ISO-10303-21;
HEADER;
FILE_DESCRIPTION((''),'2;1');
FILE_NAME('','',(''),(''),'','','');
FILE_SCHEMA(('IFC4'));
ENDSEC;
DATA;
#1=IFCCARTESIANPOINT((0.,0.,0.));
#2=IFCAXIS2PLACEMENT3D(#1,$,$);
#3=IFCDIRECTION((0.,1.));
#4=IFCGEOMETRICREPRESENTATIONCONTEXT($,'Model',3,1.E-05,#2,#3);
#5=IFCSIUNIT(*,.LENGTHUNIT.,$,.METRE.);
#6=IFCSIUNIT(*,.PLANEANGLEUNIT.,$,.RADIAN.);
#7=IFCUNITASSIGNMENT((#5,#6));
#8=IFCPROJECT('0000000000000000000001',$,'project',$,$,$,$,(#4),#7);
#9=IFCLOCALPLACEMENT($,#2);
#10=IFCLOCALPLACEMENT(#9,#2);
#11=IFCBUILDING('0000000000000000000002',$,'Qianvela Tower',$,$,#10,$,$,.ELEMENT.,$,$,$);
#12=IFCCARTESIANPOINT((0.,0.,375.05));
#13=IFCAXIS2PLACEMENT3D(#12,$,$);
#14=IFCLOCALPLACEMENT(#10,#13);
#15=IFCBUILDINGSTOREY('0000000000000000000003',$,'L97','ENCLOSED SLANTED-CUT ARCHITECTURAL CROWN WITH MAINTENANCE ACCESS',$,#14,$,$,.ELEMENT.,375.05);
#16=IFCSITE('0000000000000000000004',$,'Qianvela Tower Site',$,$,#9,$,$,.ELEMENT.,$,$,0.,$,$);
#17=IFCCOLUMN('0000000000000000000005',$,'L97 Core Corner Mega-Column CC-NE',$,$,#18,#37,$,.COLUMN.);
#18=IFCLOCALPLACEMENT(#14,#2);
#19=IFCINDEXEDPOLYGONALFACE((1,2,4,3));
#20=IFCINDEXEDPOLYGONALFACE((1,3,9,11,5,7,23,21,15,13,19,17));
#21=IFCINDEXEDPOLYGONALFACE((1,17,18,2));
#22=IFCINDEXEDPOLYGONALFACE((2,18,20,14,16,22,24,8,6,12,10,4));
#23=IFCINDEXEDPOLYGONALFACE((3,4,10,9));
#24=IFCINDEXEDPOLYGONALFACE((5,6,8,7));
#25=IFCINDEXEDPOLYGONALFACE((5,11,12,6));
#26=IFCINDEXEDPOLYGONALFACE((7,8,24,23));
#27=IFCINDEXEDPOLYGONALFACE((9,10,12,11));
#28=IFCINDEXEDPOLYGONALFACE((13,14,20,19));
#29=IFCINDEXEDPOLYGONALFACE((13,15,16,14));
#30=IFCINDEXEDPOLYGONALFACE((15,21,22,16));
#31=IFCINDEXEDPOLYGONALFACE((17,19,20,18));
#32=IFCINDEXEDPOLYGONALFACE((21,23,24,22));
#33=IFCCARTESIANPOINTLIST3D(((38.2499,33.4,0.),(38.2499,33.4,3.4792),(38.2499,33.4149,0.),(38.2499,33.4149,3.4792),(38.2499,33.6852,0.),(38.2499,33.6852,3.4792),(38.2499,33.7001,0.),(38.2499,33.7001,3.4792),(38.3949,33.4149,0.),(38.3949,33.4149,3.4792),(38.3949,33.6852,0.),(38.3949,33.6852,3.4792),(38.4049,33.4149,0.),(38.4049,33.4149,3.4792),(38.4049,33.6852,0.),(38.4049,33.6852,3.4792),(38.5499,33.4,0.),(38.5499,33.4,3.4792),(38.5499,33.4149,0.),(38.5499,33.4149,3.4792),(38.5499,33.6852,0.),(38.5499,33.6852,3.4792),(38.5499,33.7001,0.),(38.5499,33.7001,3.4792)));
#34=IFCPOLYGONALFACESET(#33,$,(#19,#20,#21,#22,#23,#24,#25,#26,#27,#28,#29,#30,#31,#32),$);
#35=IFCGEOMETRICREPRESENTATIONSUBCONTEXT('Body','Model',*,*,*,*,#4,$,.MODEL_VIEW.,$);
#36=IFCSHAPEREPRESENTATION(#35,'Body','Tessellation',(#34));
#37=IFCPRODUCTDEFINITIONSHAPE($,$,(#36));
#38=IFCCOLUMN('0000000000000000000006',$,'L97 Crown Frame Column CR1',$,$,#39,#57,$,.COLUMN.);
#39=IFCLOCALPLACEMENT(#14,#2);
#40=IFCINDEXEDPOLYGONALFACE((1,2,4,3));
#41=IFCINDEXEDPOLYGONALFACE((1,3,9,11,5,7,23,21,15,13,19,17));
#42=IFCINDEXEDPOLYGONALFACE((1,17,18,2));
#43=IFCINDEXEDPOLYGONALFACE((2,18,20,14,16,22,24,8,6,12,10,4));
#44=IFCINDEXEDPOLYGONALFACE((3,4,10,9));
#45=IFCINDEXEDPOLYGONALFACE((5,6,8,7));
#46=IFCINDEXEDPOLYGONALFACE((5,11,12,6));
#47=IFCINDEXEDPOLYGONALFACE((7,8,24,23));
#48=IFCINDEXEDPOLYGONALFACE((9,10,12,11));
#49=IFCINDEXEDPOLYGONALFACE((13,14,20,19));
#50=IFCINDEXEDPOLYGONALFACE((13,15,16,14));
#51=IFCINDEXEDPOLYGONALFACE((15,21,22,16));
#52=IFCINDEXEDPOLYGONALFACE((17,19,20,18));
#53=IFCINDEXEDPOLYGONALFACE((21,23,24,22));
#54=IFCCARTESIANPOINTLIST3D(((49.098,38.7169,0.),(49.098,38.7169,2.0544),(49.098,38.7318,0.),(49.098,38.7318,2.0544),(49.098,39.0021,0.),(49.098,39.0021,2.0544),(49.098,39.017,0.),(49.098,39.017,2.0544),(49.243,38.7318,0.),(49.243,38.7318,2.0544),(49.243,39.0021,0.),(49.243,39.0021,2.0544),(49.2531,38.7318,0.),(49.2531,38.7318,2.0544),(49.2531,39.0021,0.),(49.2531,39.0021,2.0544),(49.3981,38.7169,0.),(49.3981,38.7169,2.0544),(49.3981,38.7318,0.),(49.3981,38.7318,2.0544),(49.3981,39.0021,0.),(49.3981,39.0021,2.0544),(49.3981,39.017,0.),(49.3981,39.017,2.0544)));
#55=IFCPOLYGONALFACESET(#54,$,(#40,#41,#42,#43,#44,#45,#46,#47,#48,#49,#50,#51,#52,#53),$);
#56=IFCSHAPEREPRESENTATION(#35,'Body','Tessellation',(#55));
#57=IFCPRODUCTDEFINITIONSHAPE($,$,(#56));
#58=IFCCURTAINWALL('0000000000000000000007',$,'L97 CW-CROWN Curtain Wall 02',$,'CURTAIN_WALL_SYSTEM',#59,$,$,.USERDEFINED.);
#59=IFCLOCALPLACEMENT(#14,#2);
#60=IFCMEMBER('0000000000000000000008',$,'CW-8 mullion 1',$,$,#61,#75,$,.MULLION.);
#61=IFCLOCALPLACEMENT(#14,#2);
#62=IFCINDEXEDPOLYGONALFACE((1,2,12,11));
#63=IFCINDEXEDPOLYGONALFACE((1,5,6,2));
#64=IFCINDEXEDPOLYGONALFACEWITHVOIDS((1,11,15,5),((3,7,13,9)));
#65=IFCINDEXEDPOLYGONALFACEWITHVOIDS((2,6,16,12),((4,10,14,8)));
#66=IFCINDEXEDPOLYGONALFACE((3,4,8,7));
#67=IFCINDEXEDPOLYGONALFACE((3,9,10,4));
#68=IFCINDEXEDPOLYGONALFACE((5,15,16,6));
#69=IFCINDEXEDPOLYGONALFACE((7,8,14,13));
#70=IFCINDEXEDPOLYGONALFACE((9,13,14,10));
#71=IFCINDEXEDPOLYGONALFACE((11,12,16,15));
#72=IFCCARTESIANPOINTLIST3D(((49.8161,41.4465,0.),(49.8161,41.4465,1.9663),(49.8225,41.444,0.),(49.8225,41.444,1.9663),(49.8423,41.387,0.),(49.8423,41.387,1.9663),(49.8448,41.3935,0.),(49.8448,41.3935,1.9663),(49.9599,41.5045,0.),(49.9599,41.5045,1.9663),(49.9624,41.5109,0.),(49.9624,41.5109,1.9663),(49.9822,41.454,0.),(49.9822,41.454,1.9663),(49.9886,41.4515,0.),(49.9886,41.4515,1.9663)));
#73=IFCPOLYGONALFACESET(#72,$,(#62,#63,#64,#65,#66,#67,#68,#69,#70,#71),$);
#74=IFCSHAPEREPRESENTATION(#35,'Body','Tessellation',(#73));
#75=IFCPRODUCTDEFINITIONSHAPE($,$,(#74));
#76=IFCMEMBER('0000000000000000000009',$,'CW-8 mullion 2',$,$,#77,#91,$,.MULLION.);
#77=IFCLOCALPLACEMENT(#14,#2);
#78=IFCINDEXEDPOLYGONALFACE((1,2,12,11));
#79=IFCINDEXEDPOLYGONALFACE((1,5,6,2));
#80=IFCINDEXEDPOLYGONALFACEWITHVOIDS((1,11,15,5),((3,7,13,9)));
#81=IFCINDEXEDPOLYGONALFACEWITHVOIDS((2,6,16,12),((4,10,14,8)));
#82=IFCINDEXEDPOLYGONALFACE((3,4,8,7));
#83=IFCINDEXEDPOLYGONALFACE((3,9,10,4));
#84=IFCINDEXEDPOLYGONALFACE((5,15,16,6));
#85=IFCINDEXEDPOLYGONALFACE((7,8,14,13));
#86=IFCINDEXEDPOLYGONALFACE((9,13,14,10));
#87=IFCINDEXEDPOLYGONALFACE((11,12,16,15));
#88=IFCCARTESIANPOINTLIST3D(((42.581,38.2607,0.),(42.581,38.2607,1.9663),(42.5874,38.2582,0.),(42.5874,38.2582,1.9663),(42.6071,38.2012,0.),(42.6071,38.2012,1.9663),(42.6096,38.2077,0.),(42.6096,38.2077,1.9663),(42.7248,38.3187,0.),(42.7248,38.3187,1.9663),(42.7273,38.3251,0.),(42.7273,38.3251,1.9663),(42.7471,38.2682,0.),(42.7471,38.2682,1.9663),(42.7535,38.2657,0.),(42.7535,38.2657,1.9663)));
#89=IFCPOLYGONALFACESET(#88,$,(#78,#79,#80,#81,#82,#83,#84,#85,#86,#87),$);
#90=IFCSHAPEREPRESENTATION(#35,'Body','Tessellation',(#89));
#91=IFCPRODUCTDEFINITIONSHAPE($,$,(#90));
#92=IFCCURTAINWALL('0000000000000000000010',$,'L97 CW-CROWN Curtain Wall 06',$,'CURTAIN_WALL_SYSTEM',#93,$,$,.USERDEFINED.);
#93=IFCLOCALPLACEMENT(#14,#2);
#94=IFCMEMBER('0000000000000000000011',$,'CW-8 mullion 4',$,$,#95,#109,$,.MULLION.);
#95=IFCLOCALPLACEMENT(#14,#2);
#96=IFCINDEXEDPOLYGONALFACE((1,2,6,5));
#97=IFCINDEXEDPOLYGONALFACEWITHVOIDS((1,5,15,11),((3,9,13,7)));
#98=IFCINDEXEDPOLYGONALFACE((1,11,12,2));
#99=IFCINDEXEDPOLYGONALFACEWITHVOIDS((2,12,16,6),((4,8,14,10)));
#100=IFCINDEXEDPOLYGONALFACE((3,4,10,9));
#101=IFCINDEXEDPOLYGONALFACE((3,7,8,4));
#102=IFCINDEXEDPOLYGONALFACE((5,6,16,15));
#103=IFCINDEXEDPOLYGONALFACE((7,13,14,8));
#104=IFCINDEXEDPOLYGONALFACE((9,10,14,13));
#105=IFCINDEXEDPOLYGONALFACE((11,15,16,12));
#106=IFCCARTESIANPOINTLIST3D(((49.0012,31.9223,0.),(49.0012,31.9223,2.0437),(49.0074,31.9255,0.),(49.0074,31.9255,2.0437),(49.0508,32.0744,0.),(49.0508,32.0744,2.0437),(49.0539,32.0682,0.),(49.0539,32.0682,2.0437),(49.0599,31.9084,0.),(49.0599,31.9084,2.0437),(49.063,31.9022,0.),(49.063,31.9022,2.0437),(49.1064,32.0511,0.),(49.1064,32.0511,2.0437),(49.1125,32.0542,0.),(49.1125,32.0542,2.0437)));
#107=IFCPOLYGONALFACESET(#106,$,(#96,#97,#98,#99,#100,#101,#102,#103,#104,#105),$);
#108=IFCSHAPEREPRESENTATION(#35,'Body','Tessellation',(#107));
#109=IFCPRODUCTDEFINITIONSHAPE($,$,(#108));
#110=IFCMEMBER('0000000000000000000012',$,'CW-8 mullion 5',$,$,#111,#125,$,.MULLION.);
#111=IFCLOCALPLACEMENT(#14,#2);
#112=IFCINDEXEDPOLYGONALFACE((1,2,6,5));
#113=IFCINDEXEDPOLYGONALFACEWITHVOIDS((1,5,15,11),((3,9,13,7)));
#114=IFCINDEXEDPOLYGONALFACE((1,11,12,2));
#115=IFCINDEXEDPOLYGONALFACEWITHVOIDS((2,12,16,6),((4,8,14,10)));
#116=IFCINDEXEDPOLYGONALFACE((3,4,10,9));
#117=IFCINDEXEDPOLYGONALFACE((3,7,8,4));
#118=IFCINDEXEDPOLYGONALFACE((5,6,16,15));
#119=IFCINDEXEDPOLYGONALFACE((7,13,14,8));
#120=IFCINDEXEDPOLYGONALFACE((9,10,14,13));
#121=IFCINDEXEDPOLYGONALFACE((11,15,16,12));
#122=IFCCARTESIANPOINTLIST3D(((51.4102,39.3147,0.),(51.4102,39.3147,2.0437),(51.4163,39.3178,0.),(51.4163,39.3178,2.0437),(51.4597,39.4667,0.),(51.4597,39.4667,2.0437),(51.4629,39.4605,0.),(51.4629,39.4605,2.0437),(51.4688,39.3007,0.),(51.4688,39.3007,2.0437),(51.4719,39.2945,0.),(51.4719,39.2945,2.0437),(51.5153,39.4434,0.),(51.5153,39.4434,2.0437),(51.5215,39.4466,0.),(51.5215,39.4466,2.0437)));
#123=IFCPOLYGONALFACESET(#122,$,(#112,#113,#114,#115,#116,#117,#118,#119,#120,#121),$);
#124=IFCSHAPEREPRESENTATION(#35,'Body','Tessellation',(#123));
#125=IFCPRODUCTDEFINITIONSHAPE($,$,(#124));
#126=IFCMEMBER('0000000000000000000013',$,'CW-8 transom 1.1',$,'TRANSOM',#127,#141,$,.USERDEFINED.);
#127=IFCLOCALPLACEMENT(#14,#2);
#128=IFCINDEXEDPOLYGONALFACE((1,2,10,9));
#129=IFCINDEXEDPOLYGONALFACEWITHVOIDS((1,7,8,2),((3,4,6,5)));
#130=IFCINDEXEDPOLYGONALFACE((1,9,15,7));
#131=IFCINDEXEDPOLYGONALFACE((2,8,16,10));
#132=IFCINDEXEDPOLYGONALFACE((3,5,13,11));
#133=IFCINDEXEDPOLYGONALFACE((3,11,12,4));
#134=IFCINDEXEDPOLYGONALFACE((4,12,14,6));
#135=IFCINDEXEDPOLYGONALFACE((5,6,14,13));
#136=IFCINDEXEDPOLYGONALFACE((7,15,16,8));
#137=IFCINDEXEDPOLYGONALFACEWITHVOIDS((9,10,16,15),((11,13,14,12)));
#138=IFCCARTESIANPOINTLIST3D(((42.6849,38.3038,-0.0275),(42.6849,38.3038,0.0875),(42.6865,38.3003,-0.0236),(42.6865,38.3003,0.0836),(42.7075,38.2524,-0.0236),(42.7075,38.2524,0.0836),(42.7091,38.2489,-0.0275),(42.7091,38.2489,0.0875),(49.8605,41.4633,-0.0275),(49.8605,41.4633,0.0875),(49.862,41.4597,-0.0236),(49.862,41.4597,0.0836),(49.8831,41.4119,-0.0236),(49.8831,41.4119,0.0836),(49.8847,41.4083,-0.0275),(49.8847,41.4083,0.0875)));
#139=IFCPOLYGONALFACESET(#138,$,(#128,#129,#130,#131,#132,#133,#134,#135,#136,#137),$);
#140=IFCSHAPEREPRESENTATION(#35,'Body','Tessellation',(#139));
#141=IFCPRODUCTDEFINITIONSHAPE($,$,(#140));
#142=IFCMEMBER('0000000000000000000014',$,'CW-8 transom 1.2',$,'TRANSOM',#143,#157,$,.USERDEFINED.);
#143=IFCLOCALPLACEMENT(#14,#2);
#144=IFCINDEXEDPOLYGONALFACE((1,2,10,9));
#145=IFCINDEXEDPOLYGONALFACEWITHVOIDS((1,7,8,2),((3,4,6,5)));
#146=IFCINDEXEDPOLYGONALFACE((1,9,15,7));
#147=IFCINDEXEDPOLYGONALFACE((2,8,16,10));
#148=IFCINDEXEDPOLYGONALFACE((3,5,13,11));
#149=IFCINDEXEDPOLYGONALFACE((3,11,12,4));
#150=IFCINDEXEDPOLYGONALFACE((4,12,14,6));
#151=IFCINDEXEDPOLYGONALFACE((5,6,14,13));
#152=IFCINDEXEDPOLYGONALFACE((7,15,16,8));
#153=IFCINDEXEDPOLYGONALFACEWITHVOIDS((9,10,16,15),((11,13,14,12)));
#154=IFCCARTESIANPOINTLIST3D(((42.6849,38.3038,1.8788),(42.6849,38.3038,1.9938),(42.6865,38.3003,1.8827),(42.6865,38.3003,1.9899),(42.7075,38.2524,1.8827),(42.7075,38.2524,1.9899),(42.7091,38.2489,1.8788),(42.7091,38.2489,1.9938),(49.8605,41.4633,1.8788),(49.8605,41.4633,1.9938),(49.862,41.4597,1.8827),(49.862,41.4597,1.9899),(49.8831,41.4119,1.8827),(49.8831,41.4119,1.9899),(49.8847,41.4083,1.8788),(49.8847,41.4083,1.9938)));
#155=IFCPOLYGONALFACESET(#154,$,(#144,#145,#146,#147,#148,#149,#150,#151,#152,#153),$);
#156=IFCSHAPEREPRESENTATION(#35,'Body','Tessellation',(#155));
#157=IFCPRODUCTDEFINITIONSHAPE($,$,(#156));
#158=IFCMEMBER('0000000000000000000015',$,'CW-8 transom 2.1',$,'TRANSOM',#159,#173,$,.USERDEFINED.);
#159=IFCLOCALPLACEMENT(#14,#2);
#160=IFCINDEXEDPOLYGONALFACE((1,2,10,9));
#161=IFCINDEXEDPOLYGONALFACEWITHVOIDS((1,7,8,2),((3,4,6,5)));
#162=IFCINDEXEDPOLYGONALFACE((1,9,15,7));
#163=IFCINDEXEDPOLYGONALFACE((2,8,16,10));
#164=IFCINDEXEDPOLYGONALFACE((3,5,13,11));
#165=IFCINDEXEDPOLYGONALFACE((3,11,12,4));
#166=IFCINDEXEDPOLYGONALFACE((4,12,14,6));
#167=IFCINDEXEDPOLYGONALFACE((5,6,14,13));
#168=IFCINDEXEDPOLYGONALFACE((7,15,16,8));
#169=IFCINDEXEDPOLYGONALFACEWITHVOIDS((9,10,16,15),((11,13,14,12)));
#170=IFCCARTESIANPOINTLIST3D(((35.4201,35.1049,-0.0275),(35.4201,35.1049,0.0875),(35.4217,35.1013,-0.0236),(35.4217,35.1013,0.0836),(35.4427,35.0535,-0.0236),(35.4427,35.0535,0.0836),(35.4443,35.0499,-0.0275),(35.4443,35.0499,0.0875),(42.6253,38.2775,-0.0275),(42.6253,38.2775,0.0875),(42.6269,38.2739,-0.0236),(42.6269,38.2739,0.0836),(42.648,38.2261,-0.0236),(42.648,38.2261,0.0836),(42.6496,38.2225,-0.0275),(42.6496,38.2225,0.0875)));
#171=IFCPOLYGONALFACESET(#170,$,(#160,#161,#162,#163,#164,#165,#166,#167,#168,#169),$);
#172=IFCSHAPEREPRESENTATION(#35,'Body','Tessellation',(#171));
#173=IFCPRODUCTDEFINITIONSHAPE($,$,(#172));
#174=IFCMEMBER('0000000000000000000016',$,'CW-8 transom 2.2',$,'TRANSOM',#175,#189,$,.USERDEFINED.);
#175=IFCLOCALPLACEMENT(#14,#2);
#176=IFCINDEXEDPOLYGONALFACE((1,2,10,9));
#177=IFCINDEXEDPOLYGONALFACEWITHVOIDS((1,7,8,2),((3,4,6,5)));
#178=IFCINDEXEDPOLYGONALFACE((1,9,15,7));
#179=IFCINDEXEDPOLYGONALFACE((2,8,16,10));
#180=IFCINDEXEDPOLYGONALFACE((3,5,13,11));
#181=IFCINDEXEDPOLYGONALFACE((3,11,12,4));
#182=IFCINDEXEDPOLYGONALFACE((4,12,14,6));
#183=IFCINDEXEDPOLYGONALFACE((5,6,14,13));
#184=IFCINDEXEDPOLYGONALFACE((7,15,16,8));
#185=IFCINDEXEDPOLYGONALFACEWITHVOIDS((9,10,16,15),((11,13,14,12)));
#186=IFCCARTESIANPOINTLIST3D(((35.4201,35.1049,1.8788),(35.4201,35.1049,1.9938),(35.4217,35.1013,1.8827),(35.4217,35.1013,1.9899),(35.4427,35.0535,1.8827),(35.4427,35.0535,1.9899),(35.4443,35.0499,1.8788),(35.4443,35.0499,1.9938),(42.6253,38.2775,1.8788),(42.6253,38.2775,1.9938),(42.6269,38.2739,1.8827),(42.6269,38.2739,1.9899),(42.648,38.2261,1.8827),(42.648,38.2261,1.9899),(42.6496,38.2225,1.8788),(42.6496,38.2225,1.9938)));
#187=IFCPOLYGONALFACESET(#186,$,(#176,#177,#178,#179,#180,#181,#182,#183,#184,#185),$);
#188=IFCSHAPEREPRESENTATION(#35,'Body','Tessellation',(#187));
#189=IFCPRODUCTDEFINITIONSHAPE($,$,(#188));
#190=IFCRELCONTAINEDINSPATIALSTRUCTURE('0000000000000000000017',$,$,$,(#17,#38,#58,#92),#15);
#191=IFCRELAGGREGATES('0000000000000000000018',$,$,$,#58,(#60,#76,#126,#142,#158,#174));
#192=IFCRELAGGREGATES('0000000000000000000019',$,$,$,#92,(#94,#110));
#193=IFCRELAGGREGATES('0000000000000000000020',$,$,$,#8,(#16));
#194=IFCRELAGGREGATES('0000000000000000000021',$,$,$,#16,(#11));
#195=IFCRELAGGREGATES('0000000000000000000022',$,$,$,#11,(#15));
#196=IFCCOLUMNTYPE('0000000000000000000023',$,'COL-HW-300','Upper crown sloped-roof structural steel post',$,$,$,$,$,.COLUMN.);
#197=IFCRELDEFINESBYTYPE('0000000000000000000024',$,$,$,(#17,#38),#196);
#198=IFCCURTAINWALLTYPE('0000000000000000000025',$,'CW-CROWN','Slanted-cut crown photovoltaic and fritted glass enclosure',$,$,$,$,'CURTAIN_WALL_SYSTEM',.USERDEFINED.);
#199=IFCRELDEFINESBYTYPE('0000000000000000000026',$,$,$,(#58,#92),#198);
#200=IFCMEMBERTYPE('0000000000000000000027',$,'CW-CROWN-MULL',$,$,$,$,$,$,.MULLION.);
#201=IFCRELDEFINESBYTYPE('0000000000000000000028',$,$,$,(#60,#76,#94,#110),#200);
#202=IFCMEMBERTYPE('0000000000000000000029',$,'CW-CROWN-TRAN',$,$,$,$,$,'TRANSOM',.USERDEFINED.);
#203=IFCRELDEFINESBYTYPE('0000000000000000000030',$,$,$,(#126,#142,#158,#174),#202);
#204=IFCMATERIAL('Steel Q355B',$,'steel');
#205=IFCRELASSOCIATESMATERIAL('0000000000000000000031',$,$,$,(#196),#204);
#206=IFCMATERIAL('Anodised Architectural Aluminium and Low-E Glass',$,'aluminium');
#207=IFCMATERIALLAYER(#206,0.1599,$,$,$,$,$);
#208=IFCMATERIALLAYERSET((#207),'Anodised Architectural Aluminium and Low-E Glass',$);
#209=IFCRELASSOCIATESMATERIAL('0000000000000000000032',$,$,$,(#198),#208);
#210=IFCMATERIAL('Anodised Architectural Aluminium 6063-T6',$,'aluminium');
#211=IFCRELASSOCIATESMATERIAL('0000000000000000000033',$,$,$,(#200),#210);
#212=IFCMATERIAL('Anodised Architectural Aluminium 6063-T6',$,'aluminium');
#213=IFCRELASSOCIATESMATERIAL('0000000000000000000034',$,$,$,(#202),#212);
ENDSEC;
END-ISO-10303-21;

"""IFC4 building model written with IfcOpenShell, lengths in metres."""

from ifc_helpers import new_model, si_unit, direction, frame, origin, origin_2d, place, context, subcontext, project, spatial, hollow_rectangle, i_section, extrude, material, layer, layer_set, material_profile, profile_set, type_object, element, aggregate, save


model = new_model("IFC4")

# Units and contexts
model_context = context("Model", 3, precision=1e-05, world=origin(), true_north=direction((0.0, 1.0)))
body_context = subcontext(model_context, "Body", "Model", "MODEL_VIEW")
ifc_project = project(units=[si_unit("LENGTHUNIT", "METRE"), si_unit("PLANEANGLEUNIT", "RADIAN")], contexts=[model_context])

# Site, building, storey
site_placement = place(None, origin())
site = spatial("IfcSite", under=ifc_project, at=site_placement, Name="Qianvela Tower Site", CompositionType="ELEMENT", RefElevation=0.0)
building_placement = place(site_placement, origin())
building = spatial("IfcBuilding", under=site, at=building_placement, Name="Qianvela Tower", CompositionType="ELEMENT")
storey_placement = place(building_placement, frame((0.0, 0.0, 375.05)))
storey = spatial("IfcBuildingStorey", under=building, at=storey_placement, Name="L97", Description="ENCLOSED SLANTED-CUT ARCHITECTURAL CROWN WITH MAINTENANCE ACCESS", CompositionType="ELEMENT", Elevation=375.05)

# Columns
ifc_material_1 = material(Name="Steel Q355B", Category="steel")
ifc_material_profile_1 = material_profile(ifc_material_1, i_section(OverallWidth=0.3, OverallDepth=0.3, WebThickness=0.01, FlangeThickness=0.0149, at=origin_2d()), Name="HW300x300x10x15")
ifc_profile_set_1 = profile_set([ifc_material_profile_1], Name="Steel Q355B")
column_type = type_object("IfcColumnType", Name="COL-HW-300", Description="Upper crown sloped-roof structural steel post", PredefinedType="COLUMN", material=ifc_profile_set_1)
column_1_placement = place(storey_placement, frame((38.3999, 33.55, 0.0), z_axis=(0.0, 0.0, 1.0), x_axis=(1.0, 0.0, 0.0)))
element("IfcColumn", 1, at=column_1_placement, inside=storey, type_object=column_type, Name="L97 Core Corner Mega-Column CC-NE", PredefinedType="COLUMN", context=body_context, shape_type="SweptSolid", body=[
    extrude(i_section(OverallWidth=0.3, OverallDepth=0.3, WebThickness=0.01, FlangeThickness=0.0149, at=origin_2d()), origin(), (0.0, 0.0, 1.0), 3.4792),
])
column_2_placement = place(storey_placement, frame((49.248, 38.8669, 0.0), z_axis=(0.0, 0.0, 1.0), x_axis=(1.0, 0.0, 0.0)))
element("IfcColumn", 2, at=column_2_placement, inside=storey, type_object=column_type, Name="L97 Crown Frame Column CR1", PredefinedType="COLUMN", context=body_context, shape_type="SweptSolid", body=[
    extrude(i_section(OverallWidth=0.3, OverallDepth=0.3, WebThickness=0.01, FlangeThickness=0.0149, at=origin_2d()), origin(), (0.0, 0.0, 1.0), 2.0544),
])

# Curtain walls, members
ifc_material_2 = material(Name="Anodised Architectural Aluminium and Low-E Glass", Category="aluminium")
ifc_layer_1 = layer(ifc_material_2, 0.1599)
ifc_layer_set_1 = layer_set([ifc_layer_1], Name="Anodised Architectural Aluminium and Low-E Glass")
curtain_wall_type = type_object("IfcCurtainWallType", Name="CW-CROWN", Description="Slanted-cut crown photovoltaic and fritted glass enclosure", ElementType="CURTAIN_WALL_SYSTEM", PredefinedType="USERDEFINED", material=ifc_layer_set_1)
curtain_wall_1_placement = place(storey_placement, origin())
curtain_wall_1 = element("IfcCurtainWall", 3, at=curtain_wall_1_placement, inside=storey, type_object=curtain_wall_type, Name="L97 CW-CROWN Curtain Wall 02", ObjectType="CURTAIN_WALL_SYSTEM", PredefinedType="USERDEFINED")
ifc_material_3 = material(Name="Anodised Architectural Aluminium 6063-T6", Category="aluminium")
ifc_material_profile_2 = material_profile(ifc_material_3, hollow_rectangle(XDim=0.0649, YDim=0.1599, WallThickness=0.0049, at=origin_2d()), Name="ALU-MULL-65x160")
ifc_profile_set_2 = profile_set([ifc_material_profile_2], Name="Anodised Architectural Aluminium 6063-T6")
member_type_1 = type_object("IfcMemberType", Name="CW-CROWN-MULL", PredefinedType="MULLION", material=ifc_profile_set_2)
member_1_placement = place(storey_placement, frame((49.9023, 41.449, 0.0), z_axis=(0.0, 0.0, 1.0), x_axis=(0.402977, -0.91521, 0.0)))
member_1 = element("IfcMember", 4, at=member_1_placement, type_object=member_type_1, Name="CW-8 mullion 1", PredefinedType="MULLION", context=body_context, shape_type="SweptSolid", body=[
    extrude(hollow_rectangle(XDim=0.0649, YDim=0.1599, WallThickness=0.0049, at=origin_2d()), origin(), (0.0, 0.0, 1.0), 1.9663),
])
member_2_placement = place(storey_placement, frame((42.6672, 38.2632, 0.0), z_axis=(0.0, 0.0, 1.0), x_axis=(0.402977, -0.91521, 0.0)))
member_2 = element("IfcMember", 5, at=member_2_placement, type_object=member_type_1, Name="CW-8 mullion 2", PredefinedType="MULLION", context=body_context, shape_type="SweptSolid", body=[
    extrude(hollow_rectangle(XDim=0.0649, YDim=0.1599, WallThickness=0.0049, at=origin_2d()), origin(), (0.0, 0.0, 1.0), 1.9663),
])
curtain_wall_2_placement = place(storey_placement, origin())
curtain_wall_2 = element("IfcCurtainWall", 6, at=curtain_wall_2_placement, inside=storey, type_object=curtain_wall_type, Name="L97 CW-CROWN Curtain Wall 06", ObjectType="CURTAIN_WALL_SYSTEM", PredefinedType="USERDEFINED")
member_3_placement = place(storey_placement, frame((49.0569, 31.9883, 0.0), z_axis=(0.0, 0.0, 1.0), x_axis=(-0.950787, 0.309846, 0.0)))
member_3 = element("IfcMember", 7, at=member_3_placement, type_object=member_type_1, Name="CW-8 mullion 4", PredefinedType="MULLION", context=body_context, shape_type="SweptSolid", body=[
    extrude(hollow_rectangle(XDim=0.0649, YDim=0.1599, WallThickness=0.0049, at=origin_2d()), origin(), (0.0, 0.0, 1.0), 2.0437),
])
member_4_placement = place(storey_placement, frame((51.4658, 39.3806, 0.0), z_axis=(0.0, 0.0, 1.0), x_axis=(-0.950787, 0.309846, 0.0)))
member_4 = element("IfcMember", 8, at=member_4_placement, type_object=member_type_1, Name="CW-8 mullion 5", PredefinedType="MULLION", context=body_context, shape_type="SweptSolid", body=[
    extrude(hollow_rectangle(XDim=0.0649, YDim=0.1599, WallThickness=0.0049, at=origin_2d()), origin(), (0.0, 0.0, 1.0), 2.0437),
])

# Members
ifc_material_4 = material(Name="Anodised Architectural Aluminium 6063-T6", Category="aluminium")
ifc_material_profile_3 = material_profile(ifc_material_4, hollow_rectangle(XDim=0.0601, YDim=0.115, WallThickness=0.0039, at=origin_2d()), Name="ALU-TRAN-60x115")
ifc_profile_set_3 = profile_set([ifc_material_profile_3], Name="Anodised Architectural Aluminium 6063-T6")
member_type_2 = type_object("IfcMemberType", Name="CW-CROWN-TRAN", ElementType="TRANSOM", PredefinedType="USERDEFINED", material=ifc_profile_set_3)
member_5_placement = place(storey_placement, frame((49.8726, 41.4358, 0.03), z_axis=(-0.915212, -0.402972, 0.0), x_axis=(0.402972, -0.915212, 0.0)))
member_5 = element("IfcMember", 9, at=member_5_placement, type_object=member_type_2, Name="CW-8 transom 1.1", ObjectType="TRANSOM", PredefinedType="USERDEFINED", context=body_context, shape_type="SweptSolid", body=[
    extrude(hollow_rectangle(XDim=0.0601, YDim=0.115, WallThickness=0.0039, at=origin_2d()), origin(), (0.0, 0.0, 1.0), 7.8403),
])
member_6_placement = place(storey_placement, frame((49.8726, 41.4358, 1.9363), z_axis=(-0.915212, -0.402972, 0.0), x_axis=(0.402972, -0.915212, 0.0)))
member_6 = element("IfcMember", 10, at=member_6_placement, type_object=member_type_2, Name="CW-8 transom 1.2", ObjectType="TRANSOM", PredefinedType="USERDEFINED", context=body_context, shape_type="SweptSolid", body=[
    extrude(hollow_rectangle(XDim=0.0601, YDim=0.115, WallThickness=0.0039, at=origin_2d()), origin(), (0.0, 0.0, 1.0), 7.8403),
])
member_7_placement = place(storey_placement, frame((42.6375, 38.25, 0.03), z_axis=(-0.915209, -0.40298, 0.0), x_axis=(0.40298, -0.915209, 0.0)))
member_7 = element("IfcMember", 11, at=member_7_placement, type_object=member_type_2, Name="CW-8 transom 2.1", ObjectType="TRANSOM", PredefinedType="USERDEFINED", context=body_context, shape_type="SweptSolid", body=[
    extrude(hollow_rectangle(XDim=0.0601, YDim=0.115, WallThickness=0.0039, at=origin_2d()), origin(), (0.0, 0.0, 1.0), 7.8728),
])
member_8_placement = place(storey_placement, frame((42.6375, 38.25, 1.9363), z_axis=(-0.915209, -0.40298, 0.0), x_axis=(0.40298, -0.915209, 0.0)))
member_8 = element("IfcMember", 12, at=member_8_placement, type_object=member_type_2, Name="CW-8 transom 2.2", ObjectType="TRANSOM", PredefinedType="USERDEFINED", context=body_context, shape_type="SweptSolid", body=[
    extrude(hollow_rectangle(XDim=0.0601, YDim=0.115, WallThickness=0.0039, at=origin_2d()), origin(), (0.0, 0.0, 1.0), 7.8728),
])

aggregate(curtain_wall_1, [member_1, member_2, member_5, member_6, member_7, member_8])
aggregate(curtain_wall_2, [member_3, member_4])

save(model, "model.ifc")
